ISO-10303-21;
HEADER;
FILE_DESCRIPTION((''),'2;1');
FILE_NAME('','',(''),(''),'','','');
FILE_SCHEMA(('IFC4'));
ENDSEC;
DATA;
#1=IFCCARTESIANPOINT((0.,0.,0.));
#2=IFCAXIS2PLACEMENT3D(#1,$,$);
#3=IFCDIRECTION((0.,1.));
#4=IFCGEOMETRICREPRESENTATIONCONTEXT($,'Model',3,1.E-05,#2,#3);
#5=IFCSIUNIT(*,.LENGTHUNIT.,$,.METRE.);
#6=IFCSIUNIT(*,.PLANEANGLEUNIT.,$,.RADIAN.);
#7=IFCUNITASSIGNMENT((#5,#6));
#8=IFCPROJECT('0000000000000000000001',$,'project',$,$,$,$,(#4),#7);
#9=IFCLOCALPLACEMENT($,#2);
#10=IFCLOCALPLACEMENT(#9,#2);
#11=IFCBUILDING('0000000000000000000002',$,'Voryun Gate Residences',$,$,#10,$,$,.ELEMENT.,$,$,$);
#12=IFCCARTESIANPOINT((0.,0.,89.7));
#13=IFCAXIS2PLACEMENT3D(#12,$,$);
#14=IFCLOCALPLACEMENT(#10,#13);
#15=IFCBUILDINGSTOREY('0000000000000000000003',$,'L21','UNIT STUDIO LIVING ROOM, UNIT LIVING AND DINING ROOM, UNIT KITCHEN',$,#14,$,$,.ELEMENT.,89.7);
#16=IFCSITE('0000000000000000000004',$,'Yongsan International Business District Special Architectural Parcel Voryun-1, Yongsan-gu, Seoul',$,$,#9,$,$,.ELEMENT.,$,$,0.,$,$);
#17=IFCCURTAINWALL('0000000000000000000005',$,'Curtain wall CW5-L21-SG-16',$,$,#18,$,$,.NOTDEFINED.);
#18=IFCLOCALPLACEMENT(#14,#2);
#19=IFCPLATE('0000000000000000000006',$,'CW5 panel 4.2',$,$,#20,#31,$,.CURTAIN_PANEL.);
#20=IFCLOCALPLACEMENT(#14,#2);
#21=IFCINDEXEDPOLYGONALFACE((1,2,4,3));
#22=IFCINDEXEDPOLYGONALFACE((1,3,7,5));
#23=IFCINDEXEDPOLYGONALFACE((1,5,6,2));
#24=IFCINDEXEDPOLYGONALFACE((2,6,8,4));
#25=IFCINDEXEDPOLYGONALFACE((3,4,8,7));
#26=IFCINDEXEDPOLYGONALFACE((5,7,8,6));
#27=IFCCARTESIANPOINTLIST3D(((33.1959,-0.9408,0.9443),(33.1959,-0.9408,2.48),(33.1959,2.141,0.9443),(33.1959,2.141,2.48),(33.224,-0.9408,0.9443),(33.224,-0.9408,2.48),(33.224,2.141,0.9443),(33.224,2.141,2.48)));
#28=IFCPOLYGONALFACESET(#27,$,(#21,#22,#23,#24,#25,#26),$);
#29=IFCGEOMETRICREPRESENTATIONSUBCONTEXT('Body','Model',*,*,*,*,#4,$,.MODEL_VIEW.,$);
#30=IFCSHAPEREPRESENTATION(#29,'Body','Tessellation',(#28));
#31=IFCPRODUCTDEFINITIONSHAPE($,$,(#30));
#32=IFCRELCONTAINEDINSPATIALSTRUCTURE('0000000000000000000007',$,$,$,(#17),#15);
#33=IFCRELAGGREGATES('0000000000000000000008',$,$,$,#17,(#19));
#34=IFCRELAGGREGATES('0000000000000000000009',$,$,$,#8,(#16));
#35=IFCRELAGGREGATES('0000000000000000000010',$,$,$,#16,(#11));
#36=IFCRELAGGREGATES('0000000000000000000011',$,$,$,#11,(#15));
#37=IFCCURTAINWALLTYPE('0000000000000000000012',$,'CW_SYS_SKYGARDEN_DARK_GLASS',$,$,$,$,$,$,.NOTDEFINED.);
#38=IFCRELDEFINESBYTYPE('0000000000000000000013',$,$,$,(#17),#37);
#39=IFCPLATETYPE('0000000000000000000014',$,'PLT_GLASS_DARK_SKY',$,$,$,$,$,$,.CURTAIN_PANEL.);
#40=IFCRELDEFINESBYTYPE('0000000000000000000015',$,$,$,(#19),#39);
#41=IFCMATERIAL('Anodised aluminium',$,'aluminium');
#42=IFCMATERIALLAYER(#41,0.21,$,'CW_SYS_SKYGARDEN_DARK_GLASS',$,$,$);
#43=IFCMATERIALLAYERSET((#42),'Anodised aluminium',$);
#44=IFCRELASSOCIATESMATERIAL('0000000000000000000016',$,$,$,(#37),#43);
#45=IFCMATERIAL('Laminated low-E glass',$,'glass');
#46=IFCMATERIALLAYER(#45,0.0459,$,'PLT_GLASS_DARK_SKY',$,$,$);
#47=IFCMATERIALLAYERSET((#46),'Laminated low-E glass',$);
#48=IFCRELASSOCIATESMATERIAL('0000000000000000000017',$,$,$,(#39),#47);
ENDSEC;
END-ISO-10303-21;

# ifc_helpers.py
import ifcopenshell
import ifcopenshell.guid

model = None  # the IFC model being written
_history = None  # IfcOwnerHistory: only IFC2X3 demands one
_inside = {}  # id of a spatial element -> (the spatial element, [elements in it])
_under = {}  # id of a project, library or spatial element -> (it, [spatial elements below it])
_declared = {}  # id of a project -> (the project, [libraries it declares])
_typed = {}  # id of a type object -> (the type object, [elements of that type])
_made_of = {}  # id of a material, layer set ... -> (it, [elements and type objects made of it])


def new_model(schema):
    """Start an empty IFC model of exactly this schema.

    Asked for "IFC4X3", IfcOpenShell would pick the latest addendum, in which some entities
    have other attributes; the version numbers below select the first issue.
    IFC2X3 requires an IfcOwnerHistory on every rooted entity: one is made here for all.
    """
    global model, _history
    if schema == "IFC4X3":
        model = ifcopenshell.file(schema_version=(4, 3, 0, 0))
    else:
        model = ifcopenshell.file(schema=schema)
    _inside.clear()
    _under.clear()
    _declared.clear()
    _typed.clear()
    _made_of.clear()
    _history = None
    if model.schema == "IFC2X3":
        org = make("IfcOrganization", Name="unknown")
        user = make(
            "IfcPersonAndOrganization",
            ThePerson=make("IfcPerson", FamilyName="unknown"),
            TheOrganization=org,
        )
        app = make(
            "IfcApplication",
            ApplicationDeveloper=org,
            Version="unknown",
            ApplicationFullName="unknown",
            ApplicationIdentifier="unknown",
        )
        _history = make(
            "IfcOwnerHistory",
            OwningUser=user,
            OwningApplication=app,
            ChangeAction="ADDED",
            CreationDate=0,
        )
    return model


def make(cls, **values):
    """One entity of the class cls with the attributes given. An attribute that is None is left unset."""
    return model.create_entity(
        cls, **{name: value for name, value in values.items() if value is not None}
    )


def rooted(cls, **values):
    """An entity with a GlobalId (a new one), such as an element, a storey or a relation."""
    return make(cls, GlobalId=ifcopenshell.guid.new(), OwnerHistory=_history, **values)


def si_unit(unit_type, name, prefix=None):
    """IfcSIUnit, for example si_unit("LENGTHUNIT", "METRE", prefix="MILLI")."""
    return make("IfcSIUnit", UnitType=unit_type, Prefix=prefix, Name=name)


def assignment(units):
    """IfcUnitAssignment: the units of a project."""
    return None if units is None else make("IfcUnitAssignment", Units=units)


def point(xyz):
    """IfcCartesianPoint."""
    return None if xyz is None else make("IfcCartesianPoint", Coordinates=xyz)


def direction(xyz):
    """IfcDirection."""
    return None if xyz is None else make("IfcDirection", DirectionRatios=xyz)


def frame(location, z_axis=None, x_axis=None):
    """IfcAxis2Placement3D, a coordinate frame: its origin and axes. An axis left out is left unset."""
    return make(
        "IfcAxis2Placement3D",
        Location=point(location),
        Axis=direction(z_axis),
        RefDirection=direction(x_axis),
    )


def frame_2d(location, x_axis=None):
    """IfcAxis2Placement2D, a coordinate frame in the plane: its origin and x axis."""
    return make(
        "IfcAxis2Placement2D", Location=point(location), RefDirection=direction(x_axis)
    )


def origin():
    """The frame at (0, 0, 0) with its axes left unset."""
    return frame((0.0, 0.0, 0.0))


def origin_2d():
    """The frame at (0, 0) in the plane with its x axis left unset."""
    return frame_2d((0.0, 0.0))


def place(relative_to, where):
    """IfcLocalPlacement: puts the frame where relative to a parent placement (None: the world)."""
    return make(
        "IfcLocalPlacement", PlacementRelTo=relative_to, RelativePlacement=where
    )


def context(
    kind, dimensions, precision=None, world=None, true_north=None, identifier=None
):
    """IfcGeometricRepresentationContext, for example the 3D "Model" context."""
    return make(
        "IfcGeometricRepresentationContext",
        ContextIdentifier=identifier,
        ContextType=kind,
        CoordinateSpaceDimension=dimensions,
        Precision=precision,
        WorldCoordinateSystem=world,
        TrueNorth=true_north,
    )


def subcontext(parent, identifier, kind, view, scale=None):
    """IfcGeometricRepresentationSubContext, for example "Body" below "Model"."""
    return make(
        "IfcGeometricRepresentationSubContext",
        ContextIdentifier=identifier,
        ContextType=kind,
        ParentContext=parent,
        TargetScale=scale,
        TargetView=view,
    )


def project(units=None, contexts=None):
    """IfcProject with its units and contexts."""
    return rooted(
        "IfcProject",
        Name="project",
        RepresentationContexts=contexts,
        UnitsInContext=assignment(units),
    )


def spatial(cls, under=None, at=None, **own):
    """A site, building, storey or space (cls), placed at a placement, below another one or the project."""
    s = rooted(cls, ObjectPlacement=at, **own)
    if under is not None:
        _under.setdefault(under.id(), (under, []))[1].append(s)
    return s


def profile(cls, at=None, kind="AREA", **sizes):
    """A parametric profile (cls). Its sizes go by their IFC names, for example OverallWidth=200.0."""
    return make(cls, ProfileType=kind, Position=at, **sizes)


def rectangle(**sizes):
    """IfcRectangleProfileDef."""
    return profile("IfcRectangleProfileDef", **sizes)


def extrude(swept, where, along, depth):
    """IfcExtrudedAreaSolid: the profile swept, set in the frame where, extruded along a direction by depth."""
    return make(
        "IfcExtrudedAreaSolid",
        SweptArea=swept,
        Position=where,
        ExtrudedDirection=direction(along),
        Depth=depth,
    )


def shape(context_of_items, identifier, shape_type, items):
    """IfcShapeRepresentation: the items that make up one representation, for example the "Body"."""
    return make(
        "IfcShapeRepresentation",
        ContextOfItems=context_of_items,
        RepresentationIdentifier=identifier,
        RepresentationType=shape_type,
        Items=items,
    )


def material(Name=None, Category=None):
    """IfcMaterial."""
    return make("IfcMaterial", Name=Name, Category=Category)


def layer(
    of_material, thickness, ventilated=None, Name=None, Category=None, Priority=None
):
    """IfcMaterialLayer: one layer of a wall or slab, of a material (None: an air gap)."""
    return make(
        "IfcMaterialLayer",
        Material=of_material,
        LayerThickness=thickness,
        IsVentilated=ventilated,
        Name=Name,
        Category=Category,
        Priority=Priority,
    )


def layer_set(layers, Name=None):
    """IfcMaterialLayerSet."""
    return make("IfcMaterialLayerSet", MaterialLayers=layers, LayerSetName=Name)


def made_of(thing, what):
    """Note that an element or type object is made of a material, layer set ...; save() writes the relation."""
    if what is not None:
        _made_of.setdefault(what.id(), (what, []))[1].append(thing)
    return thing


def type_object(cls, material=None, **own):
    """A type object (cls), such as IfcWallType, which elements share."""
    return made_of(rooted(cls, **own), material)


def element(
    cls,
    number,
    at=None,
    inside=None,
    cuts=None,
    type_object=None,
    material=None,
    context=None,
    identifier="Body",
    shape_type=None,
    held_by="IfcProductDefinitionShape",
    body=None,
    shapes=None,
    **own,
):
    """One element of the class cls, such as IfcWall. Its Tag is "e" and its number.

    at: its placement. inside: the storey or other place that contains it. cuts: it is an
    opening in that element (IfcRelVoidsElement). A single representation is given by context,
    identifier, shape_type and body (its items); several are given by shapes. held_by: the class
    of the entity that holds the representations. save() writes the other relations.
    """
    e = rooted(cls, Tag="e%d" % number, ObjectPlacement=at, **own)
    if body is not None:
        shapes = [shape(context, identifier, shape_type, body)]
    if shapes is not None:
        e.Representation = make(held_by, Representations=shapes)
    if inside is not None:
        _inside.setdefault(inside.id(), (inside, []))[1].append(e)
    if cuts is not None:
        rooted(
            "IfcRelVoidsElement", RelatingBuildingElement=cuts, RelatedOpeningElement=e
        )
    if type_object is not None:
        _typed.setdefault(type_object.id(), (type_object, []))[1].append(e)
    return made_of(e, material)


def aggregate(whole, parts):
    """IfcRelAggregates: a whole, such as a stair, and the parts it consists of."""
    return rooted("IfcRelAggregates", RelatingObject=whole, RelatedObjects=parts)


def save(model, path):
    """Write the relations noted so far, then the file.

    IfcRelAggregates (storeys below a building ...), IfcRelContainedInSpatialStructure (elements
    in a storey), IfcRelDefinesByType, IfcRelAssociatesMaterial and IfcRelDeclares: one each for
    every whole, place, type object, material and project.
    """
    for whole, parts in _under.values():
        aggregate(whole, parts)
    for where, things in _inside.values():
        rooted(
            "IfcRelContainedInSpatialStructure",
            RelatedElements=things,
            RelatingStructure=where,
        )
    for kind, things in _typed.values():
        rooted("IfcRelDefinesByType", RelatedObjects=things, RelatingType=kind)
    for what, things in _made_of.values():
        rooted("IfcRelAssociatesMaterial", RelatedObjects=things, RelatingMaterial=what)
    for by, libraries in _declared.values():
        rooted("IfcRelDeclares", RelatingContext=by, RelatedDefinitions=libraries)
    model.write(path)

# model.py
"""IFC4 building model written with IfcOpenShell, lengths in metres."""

from ifc_helpers import new_model, si_unit, direction, frame, origin, origin_2d, place, context, subcontext, project, spatial, rectangle, extrude, material, layer, layer_set, type_object, element, aggregate, save


model = new_model("IFC4")

# Units and contexts
model_context = context("Model", 3, precision=1e-05, world=origin(), true_north=direction((0.0, 1.0)))
body_context = subcontext(model_context, "Body", "Model", "MODEL_VIEW")
ifc_project = project(units=[si_unit("LENGTHUNIT", "METRE"), si_unit("PLANEANGLEUNIT", "RADIAN")], contexts=[model_context])

# Site, building, storey
site_placement = place(None, origin())
site = spatial("IfcSite", under=ifc_project, at=site_placement, Name="Yongsan International Business District Special Architectural Parcel Voryun-1, Yongsan-gu, Seoul", CompositionType="ELEMENT", RefElevation=0.0)
building_placement = place(site_placement, origin())
building = spatial("IfcBuilding", under=site, at=building_placement, Name="Voryun Gate Residences", CompositionType="ELEMENT")
storey_placement = place(building_placement, frame((0.0, 0.0, 89.7)))
storey = spatial("IfcBuildingStorey", under=building, at=storey_placement, Name="L21", Description="UNIT STUDIO LIVING ROOM, UNIT LIVING AND DINING ROOM, UNIT KITCHEN", CompositionType="ELEMENT", Elevation=89.7)

# Curtain wall
ifc_material_1 = material(Name="Anodised aluminium", Category="aluminium")
ifc_layer_1 = layer(ifc_material_1, 0.21, Name="CW_SYS_SKYGARDEN_DARK_GLASS")
ifc_layer_set_1 = layer_set([ifc_layer_1], Name="Anodised aluminium")
curtain_wall_type = type_object("IfcCurtainWallType", Name="CW_SYS_SKYGARDEN_DARK_GLASS", PredefinedType="NOTDEFINED", material=ifc_layer_set_1)
curtain_wall_placement = place(storey_placement, origin())
curtain_wall = element("IfcCurtainWall", 1, at=curtain_wall_placement, inside=storey, type_object=curtain_wall_type, Name="Curtain wall CW5-L21-SG-16", PredefinedType="NOTDEFINED")

# Plate
ifc_material_2 = material(Name="Laminated low-E glass", Category="glass")
ifc_layer_2 = layer(ifc_material_2, 0.0459, Name="PLT_GLASS_DARK_SKY")
ifc_layer_set_2 = layer_set([ifc_layer_2], Name="Laminated low-E glass")
plate_type_1 = type_object("IfcPlateType", Name="PLT_GLASS_DARK_SKY", PredefinedType="CURTAIN_PANEL", material=ifc_layer_set_2)
plate_1_placement = place(storey_placement, frame((33.21, 0.6001, 0.9443), z_axis=(0.0, 0.0, 1.0), x_axis=(0.0, -1.0, 0.0)))
plate_1 = element("IfcPlate", 2, at=plate_1_placement, type_object=plate_type_1, Name="CW5 panel 4.2", PredefinedType="CURTAIN_PANEL", context=body_context, shape_type="SweptSolid", body=[
    extrude(rectangle(XDim=3.0818, YDim=0.0281, at=origin_2d()), origin(), (0.0, 0.0, 1.0), 1.5356),
])
aggregate(curtain_wall, [plate_1])

save(model, "model.ifc")
